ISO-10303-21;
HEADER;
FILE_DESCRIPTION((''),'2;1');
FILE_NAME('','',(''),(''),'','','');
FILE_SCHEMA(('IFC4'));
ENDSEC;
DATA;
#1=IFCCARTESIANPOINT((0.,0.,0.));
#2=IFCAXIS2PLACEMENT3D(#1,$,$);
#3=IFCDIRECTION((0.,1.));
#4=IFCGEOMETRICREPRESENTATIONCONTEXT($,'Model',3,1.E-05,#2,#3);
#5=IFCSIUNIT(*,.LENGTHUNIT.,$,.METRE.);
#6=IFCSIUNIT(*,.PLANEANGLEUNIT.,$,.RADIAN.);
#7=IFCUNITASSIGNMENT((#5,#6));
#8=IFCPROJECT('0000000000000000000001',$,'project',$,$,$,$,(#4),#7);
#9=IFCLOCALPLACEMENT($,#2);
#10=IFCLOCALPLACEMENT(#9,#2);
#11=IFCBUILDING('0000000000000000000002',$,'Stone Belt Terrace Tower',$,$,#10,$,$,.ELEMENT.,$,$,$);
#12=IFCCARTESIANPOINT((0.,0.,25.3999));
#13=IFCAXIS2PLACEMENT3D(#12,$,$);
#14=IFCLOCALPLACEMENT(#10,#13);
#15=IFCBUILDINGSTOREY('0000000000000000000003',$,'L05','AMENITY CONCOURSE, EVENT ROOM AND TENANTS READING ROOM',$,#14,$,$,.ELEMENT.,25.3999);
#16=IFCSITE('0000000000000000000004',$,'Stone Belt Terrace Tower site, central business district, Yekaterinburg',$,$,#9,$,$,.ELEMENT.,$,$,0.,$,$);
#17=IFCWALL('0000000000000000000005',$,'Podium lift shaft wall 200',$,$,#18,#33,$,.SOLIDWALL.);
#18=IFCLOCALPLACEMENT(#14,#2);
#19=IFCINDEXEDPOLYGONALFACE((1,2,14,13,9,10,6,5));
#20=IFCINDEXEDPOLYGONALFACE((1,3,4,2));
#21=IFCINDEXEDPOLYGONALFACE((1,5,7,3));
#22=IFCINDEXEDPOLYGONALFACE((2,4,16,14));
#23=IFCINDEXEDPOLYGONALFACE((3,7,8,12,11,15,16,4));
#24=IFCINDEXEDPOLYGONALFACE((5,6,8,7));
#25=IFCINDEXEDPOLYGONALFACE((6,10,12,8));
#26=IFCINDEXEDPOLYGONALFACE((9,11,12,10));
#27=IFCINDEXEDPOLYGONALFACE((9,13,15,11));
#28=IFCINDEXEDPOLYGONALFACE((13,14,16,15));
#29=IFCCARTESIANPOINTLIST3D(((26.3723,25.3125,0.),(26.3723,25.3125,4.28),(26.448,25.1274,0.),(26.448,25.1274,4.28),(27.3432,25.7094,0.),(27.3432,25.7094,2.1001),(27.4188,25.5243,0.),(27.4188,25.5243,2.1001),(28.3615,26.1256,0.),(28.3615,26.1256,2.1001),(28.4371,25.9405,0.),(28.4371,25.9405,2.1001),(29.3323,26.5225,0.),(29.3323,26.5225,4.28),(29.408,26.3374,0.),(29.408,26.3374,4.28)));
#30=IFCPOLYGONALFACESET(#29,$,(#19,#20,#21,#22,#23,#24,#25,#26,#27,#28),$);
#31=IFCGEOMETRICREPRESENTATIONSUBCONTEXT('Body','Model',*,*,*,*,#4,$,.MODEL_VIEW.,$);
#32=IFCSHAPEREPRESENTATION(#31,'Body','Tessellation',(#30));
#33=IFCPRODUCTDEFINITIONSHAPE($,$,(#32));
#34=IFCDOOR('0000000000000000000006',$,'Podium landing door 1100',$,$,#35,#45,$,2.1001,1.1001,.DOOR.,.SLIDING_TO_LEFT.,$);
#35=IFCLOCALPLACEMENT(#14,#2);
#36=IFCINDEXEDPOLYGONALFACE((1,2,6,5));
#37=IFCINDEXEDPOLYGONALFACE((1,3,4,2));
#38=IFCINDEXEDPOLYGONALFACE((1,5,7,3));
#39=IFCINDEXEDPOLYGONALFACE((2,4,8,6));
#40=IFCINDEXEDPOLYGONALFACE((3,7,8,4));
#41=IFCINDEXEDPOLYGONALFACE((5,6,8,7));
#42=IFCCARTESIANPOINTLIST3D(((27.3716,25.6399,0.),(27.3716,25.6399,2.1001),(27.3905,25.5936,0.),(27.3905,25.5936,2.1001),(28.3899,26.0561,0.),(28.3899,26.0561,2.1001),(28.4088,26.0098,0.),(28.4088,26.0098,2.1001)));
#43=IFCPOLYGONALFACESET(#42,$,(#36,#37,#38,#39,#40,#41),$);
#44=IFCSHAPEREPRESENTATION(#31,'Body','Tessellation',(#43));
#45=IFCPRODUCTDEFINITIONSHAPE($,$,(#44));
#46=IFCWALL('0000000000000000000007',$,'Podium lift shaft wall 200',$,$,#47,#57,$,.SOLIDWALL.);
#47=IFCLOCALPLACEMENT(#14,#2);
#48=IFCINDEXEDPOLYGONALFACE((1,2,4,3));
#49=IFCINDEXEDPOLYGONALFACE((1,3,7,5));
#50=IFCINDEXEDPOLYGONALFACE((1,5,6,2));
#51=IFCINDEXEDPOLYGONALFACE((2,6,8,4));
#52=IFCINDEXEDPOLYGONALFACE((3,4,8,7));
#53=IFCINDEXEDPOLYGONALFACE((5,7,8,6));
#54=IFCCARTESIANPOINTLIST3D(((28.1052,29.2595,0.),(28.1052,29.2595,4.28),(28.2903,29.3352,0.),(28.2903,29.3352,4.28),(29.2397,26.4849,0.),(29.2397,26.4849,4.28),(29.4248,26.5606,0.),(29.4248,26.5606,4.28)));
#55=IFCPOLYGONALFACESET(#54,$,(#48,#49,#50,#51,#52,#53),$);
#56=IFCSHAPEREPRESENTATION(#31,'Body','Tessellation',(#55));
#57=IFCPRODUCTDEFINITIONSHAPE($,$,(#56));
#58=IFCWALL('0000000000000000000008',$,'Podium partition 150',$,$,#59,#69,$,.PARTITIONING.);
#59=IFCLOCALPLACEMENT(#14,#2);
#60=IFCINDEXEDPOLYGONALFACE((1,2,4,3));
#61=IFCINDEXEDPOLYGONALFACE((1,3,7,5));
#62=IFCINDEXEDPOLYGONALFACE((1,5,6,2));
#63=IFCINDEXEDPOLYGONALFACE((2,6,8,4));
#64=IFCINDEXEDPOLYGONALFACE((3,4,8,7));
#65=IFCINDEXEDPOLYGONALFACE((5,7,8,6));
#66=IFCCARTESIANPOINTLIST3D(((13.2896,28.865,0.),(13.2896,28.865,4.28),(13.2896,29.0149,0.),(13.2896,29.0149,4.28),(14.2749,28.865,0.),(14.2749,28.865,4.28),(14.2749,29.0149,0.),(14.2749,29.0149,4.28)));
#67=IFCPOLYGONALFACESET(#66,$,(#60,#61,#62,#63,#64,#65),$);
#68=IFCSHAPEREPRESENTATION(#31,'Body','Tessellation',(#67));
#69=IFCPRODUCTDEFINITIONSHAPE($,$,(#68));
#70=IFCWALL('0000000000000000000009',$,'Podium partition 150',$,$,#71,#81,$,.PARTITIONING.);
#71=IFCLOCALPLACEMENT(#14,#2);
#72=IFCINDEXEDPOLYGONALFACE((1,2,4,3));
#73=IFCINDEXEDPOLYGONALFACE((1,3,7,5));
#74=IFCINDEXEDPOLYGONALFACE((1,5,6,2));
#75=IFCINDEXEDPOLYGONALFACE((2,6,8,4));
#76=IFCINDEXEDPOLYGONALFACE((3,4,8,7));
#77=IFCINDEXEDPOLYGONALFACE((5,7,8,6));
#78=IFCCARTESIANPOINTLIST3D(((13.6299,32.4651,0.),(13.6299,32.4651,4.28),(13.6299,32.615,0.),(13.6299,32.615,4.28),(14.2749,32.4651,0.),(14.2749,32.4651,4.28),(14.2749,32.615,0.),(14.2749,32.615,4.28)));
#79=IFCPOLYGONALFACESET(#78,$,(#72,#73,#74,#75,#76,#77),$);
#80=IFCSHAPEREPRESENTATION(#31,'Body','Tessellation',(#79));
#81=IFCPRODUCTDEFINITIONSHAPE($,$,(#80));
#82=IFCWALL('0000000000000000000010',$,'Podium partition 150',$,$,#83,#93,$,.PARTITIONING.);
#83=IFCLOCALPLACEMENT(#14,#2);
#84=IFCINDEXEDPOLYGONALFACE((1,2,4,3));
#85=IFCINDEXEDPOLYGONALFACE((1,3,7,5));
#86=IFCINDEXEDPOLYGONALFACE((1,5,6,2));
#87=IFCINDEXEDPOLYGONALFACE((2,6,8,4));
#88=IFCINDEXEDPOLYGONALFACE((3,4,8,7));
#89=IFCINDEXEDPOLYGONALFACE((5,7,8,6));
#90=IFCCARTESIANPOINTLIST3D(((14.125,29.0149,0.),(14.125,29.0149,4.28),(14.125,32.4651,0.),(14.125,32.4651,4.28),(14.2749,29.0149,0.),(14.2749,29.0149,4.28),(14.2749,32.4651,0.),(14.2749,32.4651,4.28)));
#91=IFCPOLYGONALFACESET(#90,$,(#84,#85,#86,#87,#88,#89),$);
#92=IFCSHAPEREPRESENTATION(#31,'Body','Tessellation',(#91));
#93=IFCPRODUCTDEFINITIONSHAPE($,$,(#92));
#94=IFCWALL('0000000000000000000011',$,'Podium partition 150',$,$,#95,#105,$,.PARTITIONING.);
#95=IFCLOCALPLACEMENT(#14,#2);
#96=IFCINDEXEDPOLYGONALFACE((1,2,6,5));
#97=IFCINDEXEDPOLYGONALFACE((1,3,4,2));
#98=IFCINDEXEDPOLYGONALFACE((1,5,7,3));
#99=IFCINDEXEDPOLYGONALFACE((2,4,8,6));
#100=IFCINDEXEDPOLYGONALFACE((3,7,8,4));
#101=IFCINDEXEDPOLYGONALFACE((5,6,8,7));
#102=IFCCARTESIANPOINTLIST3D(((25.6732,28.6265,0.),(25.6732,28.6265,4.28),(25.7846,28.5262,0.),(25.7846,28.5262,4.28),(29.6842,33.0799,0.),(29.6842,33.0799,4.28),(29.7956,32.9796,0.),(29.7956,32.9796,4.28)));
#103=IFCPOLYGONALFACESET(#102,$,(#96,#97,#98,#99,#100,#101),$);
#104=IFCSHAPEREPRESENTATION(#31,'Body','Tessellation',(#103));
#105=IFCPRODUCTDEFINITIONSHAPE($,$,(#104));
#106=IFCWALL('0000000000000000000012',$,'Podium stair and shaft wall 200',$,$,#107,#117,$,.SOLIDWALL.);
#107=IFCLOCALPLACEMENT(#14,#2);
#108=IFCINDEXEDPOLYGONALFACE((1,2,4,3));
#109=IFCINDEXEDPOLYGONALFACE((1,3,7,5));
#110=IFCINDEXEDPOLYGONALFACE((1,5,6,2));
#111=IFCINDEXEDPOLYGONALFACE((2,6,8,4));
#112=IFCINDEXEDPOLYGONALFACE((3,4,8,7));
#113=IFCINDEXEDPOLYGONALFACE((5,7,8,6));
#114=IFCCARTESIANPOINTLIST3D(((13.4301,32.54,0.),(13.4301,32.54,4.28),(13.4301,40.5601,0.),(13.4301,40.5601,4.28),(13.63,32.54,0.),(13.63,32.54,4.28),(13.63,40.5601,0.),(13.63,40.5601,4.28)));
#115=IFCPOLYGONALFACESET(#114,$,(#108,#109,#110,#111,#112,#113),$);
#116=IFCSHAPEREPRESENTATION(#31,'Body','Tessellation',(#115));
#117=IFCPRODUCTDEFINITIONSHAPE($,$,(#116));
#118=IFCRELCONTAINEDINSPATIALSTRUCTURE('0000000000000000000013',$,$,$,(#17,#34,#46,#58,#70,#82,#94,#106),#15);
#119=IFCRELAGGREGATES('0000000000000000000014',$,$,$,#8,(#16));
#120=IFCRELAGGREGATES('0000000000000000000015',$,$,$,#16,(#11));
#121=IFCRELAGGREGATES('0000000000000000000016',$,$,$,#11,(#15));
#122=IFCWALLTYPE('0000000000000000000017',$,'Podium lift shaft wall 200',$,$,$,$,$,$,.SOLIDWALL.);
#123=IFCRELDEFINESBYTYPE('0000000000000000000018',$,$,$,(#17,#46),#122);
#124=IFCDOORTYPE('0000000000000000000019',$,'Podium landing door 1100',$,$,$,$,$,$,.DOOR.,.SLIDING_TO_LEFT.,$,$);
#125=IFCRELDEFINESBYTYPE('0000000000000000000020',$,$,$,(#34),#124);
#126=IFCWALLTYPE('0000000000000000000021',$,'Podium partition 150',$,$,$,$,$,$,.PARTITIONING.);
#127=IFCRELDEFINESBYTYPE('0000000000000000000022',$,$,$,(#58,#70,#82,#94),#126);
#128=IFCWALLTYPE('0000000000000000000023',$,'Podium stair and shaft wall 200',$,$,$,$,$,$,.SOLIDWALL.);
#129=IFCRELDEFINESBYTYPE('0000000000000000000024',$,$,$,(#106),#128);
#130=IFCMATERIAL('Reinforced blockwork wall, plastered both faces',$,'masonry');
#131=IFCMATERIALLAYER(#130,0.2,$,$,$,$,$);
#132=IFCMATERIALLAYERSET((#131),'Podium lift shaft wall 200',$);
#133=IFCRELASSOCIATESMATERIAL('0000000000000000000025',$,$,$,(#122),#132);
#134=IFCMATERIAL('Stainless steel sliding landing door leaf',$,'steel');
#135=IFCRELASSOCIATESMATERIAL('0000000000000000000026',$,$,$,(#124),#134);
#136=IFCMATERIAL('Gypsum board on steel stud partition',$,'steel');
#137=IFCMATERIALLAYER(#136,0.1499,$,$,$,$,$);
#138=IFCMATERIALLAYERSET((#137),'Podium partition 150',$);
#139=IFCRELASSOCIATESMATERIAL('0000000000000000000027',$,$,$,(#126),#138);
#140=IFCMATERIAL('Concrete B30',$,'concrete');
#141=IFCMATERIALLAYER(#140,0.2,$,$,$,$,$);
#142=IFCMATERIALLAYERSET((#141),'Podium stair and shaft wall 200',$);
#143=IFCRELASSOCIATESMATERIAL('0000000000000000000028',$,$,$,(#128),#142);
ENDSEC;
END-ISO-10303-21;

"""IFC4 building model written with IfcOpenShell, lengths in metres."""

from ifc_helpers import new_model, si_unit, direction, frame, frame_2d, origin, place, context, subcontext, project, spatial, rectangle, extrude, material, layer, layer_set, type_object, element, fill, save


model = new_model("IFC4")

# Units and contexts
model_context = context("Model", 3, precision=1e-05, world=origin(), true_north=direction((0.0, 1.0)))
body_context = subcontext(model_context, "Body", "Model", "MODEL_VIEW")
ifc_project = project(units=[si_unit("LENGTHUNIT", "METRE"), si_unit("PLANEANGLEUNIT", "RADIAN")], contexts=[model_context])

# Site, building, storey
site_placement = place(None, origin())
site = spatial("IfcSite", under=ifc_project, at=site_placement, Name="Stone Belt Terrace Tower site, central business district, Yekaterinburg", CompositionType="ELEMENT", RefElevation=0.0)
building_placement = place(site_placement, origin())
building = spatial("IfcBuilding", under=site, at=building_placement, Name="Stone Belt Terrace Tower", CompositionType="ELEMENT")
storey_placement = place(building_placement, frame((0.0, 0.0, 25.3999)))
storey = spatial("IfcBuildingStorey", under=building, at=storey_placement, Name="L05", Description="AMENITY CONCOURSE, EVENT ROOM AND TENANTS READING ROOM", CompositionType="ELEMENT", Elevation=25.3999)

# Shared definitions
ifc_material_1 = material(Name="Reinforced blockwork wall, plastered both faces", Category="masonry")
ifc_layer_1 = layer(ifc_material_1, 0.2)
ifc_layer_set_1 = layer_set([ifc_layer_1], Name="Podium lift shaft wall 200")
wall_type_1 = type_object("IfcWallType", Name="Podium lift shaft wall 200", PredefinedType="SOLIDWALL", material=ifc_layer_set_1)

# Wall, opening, door
wall_1_placement = place(storey_placement, frame((26.4102, 25.22, 0.0), z_axis=(0.0, 0.0, 1.0), x_axis=(0.925649, 0.378383, 0.0)))
wall_1 = element("IfcWall", 1, at=wall_1_placement, inside=storey, type_object=wall_type_1, Name="Podium lift shaft wall 200", PredefinedType="SOLIDWALL", context=body_context, shape_type="SweptSolid", body=[
    extrude(rectangle(XDim=3.1978, YDim=0.2, at=frame_2d((1.5989, 0.0))), origin(), (0.0, 0.0, 1.0), 4.28),
])
opening_placement = place(wall_1_placement, frame((1.0488, 0.0, 0.0)))
opening = element("IfcOpeningElement", 2, at=opening_placement, cuts=wall_1, PredefinedType="OPENING", context=body_context, shape_type="SweptSolid", body=[
    extrude(rectangle(XDim=1.1001, YDim=2.1001, at=frame_2d((0.55, 1.05))), frame((0.0, 0.1099, 0.0), z_axis=(0.0, -1.0, 0.0), x_axis=(1.0, 0.0, 0.0)), (0.0, 0.0, 1.0), 0.22),
])
ifc_material_2 = material(Name="Stainless steel sliding landing door leaf", Category="steel")
door_type = type_object("IfcDoorType", Name="Podium landing door 1100", OperationType="SLIDING_TO_LEFT", PredefinedType="DOOR", material=ifc_material_2)
door_placement = place(opening_placement, origin())
door = element("IfcDoor", 3, at=door_placement, inside=storey, type_object=door_type, Name="Podium landing door 1100", OperationType="SLIDING_TO_LEFT", OverallHeight=2.1001, OverallWidth=1.1001, PredefinedType="DOOR", context=body_context, shape_type="SweptSolid", body=[
    extrude(rectangle(XDim=1.1001, YDim=2.1001, at=frame_2d((0.55, 1.05))), frame((0.0, 0.0249, 0.0), z_axis=(0.0, -1.0, 0.0), x_axis=(1.0, 0.0, 0.0)), (0.0, 0.0, 1.0), 0.05),
])
fill(opening, door)

# Walls
wall_2_placement = place(storey_placement, frame((28.1978, 29.2974, 0.0), z_axis=(0.0, 0.0, 1.0), x_axis=(0.378471, -0.925613, 0.0)))
element("IfcWall", 4, at=wall_2_placement, inside=storey, type_object=wall_type_1, Name="Podium lift shaft wall 200", PredefinedType="SOLIDWALL", context=body_context, shape_type="SweptSolid", body=[
    extrude(rectangle(XDim=2.9976, YDim=0.2, at=frame_2d((1.4988, 0.0))), origin(), (0.0, 0.0, 1.0), 4.28),
])
ifc_material_3 = material(Name="Gypsum board on steel stud partition", Category="steel")
ifc_layer_2 = layer(ifc_material_3, 0.1499)
ifc_layer_set_2 = layer_set([ifc_layer_2], Name="Podium partition 150")
wall_type_2 = type_object("IfcWallType", Name="Podium partition 150", PredefinedType="PARTITIONING", material=ifc_layer_set_2)
wall_3_placement = place(storey_placement, frame((13.2896, 28.9399, 0.0), z_axis=(0.0, 0.0, 1.0), x_axis=(1.0, 0.0, 0.0)))
element("IfcWall", 5, at=wall_3_placement, inside=storey, type_object=wall_type_2, Name="Podium partition 150", PredefinedType="PARTITIONING", context=body_context, shape_type="SweptSolid", body=[
    extrude(rectangle(XDim=0.9854, YDim=0.1499, at=frame_2d((0.4927, 0.0))), origin(), (0.0, 0.0, 1.0), 4.28),
])
wall_4_placement = place(storey_placement, frame((13.6299, 32.54, 0.0), z_axis=(0.0, 0.0, 1.0), x_axis=(1.0, 0.0, 0.0)))
element("IfcWall", 6, at=wall_4_placement, inside=storey, type_object=wall_type_2, Name="Podium partition 150", PredefinedType="PARTITIONING", context=body_context, shape_type="SweptSolid", body=[
    extrude(rectangle(XDim=0.645, YDim=0.1499, at=frame_2d((0.3225, 0.0))), origin(), (0.0, 0.0, 1.0), 4.28),
])
wall_5_placement = place(storey_placement, frame((14.2, 29.0149, 0.0), z_axis=(0.0, 0.0, 1.0), x_axis=(0.0, 1.0, 0.0)))
element("IfcWall", 7, at=wall_5_placement, inside=storey, type_object=wall_type_2, Name="Podium partition 150", PredefinedType="PARTITIONING", context=body_context, shape_type="SweptSolid", body=[
    extrude(rectangle(XDim=3.4502, YDim=0.1499, at=frame_2d((1.7251, 0.0))), origin(), (0.0, 0.0, 1.0), 4.28),
])
wall_6_placement = place(storey_placement, frame((25.729, 28.5764, 0.0), z_axis=(0.0, 0.0, 1.0), x_axis=(0.669237, 0.743049, 0.0)))
element("IfcWall", 8, at=wall_6_placement, inside=storey, type_object=wall_type_2, Name="Podium partition 150", PredefinedType="PARTITIONING", context=body_context, shape_type="SweptSolid", body=[
    extrude(rectangle(XDim=5.9934, YDim=0.1499, at=frame_2d((2.9966, 0.0))), origin(), (0.0, 0.0, 1.0), 4.28),
])
ifc_material_4 = material(Name="Concrete B30", Category="concrete")
ifc_layer_3 = layer(ifc_material_4, 0.2)
ifc_layer_set_3 = layer_set([ifc_layer_3], Name="Podium stair and shaft wall 200")
wall_type_3 = type_object("IfcWallType", Name="Podium stair and shaft wall 200", PredefinedType="SOLIDWALL", material=ifc_layer_set_3)
wall_7_placement = place(storey_placement, frame((13.53, 32.54, 0.0), z_axis=(0.0, 0.0, 1.0), x_axis=(0.0, 1.0, 0.0)))
element("IfcWall", 9, at=wall_7_placement, inside=storey, type_object=wall_type_3, Name="Podium stair and shaft wall 200", PredefinedType="SOLIDWALL", context=body_context, shape_type="SweptSolid", body=[
    extrude(rectangle(XDim=8.02, YDim=0.2, at=frame_2d((4.01, 0.0))), origin(), (0.0, 0.0, 1.0), 4.28),
])

save(model, "model.ifc")
